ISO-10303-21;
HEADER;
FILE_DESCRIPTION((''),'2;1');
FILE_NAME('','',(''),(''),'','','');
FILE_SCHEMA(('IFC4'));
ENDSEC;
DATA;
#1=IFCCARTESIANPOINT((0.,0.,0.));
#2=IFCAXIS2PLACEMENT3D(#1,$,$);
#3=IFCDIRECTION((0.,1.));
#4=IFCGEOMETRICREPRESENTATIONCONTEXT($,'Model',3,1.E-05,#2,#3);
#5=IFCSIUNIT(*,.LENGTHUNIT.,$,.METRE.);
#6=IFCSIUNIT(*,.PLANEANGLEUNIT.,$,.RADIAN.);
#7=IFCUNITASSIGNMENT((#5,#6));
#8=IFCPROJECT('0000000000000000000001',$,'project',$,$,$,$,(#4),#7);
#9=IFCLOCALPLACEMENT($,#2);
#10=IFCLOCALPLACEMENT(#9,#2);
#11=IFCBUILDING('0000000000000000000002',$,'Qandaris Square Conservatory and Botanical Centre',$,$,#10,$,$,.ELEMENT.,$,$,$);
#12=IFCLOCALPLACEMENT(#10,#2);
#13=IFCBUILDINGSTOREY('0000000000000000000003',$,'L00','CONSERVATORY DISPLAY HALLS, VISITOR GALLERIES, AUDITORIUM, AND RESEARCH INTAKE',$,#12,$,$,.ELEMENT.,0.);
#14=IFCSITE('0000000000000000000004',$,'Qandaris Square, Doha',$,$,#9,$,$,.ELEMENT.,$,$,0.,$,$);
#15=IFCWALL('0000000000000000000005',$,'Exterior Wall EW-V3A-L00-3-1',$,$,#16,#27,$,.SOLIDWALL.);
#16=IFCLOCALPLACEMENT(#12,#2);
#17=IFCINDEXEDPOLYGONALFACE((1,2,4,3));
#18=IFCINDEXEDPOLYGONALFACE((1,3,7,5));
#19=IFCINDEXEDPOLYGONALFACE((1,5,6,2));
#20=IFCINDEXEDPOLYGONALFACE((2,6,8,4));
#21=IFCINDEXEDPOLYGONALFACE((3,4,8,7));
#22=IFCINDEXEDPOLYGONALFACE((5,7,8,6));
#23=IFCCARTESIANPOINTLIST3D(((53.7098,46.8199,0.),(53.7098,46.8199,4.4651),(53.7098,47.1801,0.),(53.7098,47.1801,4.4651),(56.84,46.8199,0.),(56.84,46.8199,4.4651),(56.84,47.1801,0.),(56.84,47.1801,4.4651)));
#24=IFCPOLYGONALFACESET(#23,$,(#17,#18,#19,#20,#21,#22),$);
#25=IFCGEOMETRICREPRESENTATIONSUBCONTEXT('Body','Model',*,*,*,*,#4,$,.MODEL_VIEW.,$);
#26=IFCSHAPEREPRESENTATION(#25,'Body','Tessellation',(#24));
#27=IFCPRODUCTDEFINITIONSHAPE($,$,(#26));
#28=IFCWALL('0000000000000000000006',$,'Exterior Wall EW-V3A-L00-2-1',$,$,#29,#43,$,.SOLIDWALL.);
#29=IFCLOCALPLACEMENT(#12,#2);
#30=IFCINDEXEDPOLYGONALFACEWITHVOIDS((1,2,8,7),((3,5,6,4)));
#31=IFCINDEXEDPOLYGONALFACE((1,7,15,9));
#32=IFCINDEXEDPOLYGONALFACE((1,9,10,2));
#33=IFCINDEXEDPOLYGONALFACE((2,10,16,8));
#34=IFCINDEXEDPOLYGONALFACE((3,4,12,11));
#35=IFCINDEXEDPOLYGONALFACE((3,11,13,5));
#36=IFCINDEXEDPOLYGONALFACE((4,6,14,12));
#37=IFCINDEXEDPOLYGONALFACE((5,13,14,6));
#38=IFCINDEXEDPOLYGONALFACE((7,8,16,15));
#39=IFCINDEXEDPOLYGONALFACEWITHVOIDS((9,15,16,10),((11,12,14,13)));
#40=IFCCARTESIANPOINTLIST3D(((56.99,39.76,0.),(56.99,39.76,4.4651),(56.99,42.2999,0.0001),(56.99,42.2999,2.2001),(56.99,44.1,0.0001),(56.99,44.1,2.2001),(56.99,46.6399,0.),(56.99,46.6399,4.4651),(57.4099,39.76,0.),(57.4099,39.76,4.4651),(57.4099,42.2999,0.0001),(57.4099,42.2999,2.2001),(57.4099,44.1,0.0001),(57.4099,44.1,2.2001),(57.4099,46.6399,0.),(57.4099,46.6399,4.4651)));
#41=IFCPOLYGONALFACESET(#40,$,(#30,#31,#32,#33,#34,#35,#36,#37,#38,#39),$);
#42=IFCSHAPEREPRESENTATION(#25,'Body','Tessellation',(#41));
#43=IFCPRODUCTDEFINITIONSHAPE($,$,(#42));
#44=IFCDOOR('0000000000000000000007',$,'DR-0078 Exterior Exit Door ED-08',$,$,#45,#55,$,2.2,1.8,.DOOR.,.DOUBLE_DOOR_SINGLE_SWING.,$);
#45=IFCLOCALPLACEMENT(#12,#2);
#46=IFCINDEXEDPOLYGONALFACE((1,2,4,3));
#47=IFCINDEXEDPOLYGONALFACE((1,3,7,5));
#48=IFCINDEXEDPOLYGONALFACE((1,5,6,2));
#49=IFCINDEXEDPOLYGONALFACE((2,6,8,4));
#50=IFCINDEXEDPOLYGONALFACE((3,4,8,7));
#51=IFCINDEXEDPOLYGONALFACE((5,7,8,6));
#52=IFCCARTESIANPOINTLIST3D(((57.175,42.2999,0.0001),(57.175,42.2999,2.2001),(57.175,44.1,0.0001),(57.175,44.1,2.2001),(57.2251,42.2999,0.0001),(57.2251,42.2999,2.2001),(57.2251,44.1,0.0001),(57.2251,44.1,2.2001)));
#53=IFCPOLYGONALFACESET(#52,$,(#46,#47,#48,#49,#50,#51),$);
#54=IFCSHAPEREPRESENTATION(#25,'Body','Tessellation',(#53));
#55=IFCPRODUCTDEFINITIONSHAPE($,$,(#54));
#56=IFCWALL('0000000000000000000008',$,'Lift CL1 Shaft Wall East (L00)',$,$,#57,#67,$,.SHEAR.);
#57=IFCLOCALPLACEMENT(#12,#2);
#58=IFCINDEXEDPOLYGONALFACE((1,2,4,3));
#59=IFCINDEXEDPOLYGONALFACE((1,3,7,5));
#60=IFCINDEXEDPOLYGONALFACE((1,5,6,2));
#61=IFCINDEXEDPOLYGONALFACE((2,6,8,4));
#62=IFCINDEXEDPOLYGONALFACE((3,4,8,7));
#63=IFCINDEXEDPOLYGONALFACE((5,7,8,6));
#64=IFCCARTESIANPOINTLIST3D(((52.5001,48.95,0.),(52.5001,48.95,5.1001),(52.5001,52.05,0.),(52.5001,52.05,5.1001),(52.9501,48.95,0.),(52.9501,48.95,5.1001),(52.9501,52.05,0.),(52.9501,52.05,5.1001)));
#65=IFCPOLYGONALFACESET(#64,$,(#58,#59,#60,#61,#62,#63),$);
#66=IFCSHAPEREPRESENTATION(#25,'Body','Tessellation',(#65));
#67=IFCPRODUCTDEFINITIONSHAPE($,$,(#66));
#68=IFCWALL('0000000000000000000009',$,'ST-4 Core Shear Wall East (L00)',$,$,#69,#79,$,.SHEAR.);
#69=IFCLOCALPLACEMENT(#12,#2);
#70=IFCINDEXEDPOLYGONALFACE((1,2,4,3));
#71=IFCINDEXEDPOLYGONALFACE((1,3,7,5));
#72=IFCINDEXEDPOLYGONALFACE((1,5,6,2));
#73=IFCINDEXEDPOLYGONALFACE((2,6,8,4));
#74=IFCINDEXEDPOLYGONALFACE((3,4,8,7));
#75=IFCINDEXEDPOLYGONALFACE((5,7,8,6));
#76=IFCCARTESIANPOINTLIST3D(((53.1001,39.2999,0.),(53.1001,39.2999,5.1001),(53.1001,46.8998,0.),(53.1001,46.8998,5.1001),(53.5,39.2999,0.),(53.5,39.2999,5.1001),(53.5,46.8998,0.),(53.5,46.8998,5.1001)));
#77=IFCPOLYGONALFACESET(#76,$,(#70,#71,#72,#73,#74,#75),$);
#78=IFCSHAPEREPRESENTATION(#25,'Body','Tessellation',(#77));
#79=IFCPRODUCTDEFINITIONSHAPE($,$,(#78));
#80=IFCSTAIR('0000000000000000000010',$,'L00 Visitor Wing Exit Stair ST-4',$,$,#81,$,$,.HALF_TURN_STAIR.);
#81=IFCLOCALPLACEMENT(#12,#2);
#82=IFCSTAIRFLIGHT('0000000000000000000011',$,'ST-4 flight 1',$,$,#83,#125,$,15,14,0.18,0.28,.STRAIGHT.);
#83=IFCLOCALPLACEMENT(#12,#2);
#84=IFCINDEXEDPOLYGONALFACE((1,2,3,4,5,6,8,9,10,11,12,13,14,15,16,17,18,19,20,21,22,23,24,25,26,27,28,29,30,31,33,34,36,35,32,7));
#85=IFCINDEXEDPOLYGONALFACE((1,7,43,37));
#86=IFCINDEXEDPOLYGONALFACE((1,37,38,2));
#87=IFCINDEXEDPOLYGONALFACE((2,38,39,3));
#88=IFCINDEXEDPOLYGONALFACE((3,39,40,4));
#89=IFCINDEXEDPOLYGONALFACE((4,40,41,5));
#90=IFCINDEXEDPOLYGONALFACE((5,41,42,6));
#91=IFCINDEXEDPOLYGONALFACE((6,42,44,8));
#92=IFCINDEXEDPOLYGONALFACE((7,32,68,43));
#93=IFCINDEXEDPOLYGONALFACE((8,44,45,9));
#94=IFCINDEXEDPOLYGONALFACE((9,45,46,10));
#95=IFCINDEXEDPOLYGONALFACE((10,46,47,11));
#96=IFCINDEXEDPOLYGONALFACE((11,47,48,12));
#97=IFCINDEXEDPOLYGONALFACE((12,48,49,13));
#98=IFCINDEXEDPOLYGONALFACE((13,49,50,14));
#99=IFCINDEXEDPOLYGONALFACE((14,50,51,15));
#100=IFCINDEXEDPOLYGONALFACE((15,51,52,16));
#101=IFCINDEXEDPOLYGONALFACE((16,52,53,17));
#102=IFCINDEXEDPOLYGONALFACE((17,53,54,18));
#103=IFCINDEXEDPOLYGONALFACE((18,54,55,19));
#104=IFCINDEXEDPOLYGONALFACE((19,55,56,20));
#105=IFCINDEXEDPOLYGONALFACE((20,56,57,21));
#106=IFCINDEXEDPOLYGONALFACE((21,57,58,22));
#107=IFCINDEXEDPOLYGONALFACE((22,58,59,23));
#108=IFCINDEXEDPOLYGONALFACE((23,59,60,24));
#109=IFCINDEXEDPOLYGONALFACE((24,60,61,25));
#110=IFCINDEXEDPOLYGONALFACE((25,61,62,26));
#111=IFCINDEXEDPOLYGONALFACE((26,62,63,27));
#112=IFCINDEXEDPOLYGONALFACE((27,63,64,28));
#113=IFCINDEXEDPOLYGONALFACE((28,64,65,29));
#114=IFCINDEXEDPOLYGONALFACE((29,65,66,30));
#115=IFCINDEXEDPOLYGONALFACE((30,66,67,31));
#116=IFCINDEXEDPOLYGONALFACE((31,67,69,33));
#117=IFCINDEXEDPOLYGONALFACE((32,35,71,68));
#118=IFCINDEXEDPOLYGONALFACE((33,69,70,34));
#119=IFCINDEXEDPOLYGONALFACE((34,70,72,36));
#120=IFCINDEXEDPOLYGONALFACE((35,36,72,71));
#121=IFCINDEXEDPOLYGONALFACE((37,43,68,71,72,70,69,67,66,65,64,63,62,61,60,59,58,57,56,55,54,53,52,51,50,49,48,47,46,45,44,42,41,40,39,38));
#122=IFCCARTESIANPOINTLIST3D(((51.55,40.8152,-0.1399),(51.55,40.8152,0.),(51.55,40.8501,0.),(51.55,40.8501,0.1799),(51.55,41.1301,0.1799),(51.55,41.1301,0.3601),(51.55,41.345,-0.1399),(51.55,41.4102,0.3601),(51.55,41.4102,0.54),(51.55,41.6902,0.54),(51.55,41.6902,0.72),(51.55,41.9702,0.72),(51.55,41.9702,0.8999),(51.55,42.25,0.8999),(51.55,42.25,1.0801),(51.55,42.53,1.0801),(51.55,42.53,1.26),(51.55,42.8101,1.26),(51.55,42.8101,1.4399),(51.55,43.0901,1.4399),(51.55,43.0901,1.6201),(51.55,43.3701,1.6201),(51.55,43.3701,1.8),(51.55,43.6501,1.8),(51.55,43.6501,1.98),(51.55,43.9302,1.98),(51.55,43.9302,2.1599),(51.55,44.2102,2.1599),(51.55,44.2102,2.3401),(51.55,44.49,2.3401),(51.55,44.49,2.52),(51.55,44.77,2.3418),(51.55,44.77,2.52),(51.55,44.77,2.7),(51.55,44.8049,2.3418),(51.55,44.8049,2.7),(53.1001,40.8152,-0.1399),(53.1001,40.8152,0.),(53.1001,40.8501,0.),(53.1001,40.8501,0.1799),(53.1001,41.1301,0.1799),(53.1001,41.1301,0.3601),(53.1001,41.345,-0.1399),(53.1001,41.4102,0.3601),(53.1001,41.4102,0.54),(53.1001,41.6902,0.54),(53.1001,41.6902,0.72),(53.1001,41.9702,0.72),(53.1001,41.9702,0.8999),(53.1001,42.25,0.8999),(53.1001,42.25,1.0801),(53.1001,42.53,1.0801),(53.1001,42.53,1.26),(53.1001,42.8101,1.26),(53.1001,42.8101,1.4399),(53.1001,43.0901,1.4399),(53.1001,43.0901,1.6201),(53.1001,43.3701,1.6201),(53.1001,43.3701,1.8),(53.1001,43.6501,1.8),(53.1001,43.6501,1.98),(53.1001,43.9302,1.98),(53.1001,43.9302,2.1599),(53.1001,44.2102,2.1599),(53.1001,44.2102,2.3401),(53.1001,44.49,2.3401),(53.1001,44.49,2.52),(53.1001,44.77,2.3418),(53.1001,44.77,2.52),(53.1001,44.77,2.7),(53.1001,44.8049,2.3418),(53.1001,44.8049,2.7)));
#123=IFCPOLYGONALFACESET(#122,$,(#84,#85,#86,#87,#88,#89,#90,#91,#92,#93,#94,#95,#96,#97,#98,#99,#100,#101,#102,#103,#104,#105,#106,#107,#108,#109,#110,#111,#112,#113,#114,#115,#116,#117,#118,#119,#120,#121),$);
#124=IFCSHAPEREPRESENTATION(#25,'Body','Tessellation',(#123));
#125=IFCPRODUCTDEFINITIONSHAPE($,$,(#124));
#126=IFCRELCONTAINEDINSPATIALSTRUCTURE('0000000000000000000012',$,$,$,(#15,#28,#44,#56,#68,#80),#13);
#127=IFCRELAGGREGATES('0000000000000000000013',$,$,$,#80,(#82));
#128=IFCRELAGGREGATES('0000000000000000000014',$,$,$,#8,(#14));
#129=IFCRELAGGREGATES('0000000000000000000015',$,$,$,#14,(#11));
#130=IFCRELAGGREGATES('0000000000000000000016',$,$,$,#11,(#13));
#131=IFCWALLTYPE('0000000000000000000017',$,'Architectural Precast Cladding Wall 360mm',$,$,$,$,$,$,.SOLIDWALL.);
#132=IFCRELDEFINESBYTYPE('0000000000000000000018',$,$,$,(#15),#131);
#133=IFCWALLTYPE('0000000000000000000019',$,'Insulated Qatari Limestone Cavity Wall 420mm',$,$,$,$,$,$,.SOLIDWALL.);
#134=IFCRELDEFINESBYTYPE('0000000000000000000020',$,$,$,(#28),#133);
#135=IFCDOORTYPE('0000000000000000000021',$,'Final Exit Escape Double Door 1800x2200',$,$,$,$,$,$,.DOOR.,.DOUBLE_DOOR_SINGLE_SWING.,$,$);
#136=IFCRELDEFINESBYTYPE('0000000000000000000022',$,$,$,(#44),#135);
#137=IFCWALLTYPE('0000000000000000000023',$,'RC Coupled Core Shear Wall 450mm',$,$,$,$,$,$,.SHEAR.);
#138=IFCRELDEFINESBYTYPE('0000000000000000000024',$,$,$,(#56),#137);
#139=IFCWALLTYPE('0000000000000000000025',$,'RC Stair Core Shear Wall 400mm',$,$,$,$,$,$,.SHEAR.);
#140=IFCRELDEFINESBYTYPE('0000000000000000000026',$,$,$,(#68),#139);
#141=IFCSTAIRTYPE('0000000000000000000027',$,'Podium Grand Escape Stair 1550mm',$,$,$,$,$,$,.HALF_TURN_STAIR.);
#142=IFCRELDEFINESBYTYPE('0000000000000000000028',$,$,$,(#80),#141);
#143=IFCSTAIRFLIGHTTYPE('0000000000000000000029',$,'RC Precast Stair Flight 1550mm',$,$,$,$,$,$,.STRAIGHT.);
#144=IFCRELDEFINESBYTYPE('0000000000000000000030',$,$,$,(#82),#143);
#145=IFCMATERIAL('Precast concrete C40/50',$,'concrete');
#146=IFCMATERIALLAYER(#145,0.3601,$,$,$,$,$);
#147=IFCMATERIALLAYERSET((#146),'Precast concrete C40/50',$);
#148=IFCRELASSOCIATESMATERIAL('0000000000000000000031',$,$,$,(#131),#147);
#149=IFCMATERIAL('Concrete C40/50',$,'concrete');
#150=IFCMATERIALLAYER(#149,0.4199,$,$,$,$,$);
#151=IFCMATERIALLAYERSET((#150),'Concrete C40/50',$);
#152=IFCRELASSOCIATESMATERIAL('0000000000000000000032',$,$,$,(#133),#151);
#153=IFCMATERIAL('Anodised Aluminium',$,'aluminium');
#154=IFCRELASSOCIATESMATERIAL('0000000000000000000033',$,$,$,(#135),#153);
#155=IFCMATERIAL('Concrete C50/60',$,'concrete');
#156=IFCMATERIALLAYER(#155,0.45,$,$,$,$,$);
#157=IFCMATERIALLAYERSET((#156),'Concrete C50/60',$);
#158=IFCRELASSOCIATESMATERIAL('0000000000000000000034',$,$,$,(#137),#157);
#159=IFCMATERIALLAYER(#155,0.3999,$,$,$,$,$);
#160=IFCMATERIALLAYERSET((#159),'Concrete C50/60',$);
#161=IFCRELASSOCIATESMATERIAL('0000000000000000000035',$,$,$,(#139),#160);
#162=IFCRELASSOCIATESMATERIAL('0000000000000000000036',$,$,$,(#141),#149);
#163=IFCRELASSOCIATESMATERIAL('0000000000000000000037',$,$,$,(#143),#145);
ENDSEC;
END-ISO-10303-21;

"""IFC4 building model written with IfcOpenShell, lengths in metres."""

from ifc_helpers import new_model, si_unit, direction, frame, frame_2d, origin, place, context, subcontext, project, spatial, polyline, rectangle, outline, extrude, material, layer, layer_set, type_object, element, fill, aggregate, save


model = new_model("IFC4")

# Units and contexts
model_context = context("Model", 3, precision=1e-05, world=origin(), true_north=direction((0.0, 1.0)))
body_context = subcontext(model_context, "Body", "Model", "MODEL_VIEW")
ifc_project = project(units=[si_unit("LENGTHUNIT", "METRE"), si_unit("PLANEANGLEUNIT", "RADIAN")], contexts=[model_context])

# Site, building, storey
site_placement = place(None, origin())
site = spatial("IfcSite", under=ifc_project, at=site_placement, Name="Qandaris Square, Doha", CompositionType="ELEMENT", RefElevation=0.0)
building_placement = place(site_placement, origin())
building = spatial("IfcBuilding", under=site, at=building_placement, Name="Qandaris Square Conservatory and Botanical Centre", CompositionType="ELEMENT")
storey_placement = place(building_placement, origin())
storey = spatial("IfcBuildingStorey", under=building, at=storey_placement, Name="L00", Description="CONSERVATORY DISPLAY HALLS, VISITOR GALLERIES, AUDITORIUM, AND RESEARCH INTAKE", CompositionType="ELEMENT", Elevation=0.0)

# Shared definitions
ifc_material_1 = material(Name="Concrete C40/50", Category="concrete")

# Shared definitions
ifc_material_2 = material(Name="Anodised Aluminium", Category="aluminium")

# Shared definitions
ifc_material_3 = material(Name="Concrete C50/60", Category="concrete")

# Wall
ifc_material_4 = material(Name="Precast concrete C40/50", Category="concrete")
ifc_layer_1 = layer(ifc_material_4, 0.3601)
ifc_layer_set_1 = layer_set([ifc_layer_1], Name="Precast concrete C40/50")
wall_type_1 = type_object("IfcWallType", Name="Architectural Precast Cladding Wall 360mm", PredefinedType="SOLIDWALL", material=ifc_layer_set_1)
wall_1_placement = place(storey_placement, frame((53.71, 47.0, 0.0), z_axis=(0.0, 0.0, 1.0), x_axis=(1.0, 0.0, 0.0)))
element("IfcWall", 1, at=wall_1_placement, inside=storey, type_object=wall_type_1, Name="Exterior Wall EW-V3A-L00-3-1", PredefinedType="SOLIDWALL", context=body_context, shape_type="SweptSolid", body=[
    extrude(rectangle(XDim=3.1301, YDim=0.3601, at=frame_2d((1.5649, 0.0))), origin(), (0.0, 0.0, 1.0), 4.4651),
])

# Wall, opening, door
ifc_layer_2 = layer(ifc_material_1, 0.4199)
ifc_layer_set_2 = layer_set([ifc_layer_2], Name="Concrete C40/50")
wall_type_2 = type_object("IfcWallType", Name="Insulated Qatari Limestone Cavity Wall 420mm", PredefinedType="SOLIDWALL", material=ifc_layer_set_2)
wall_2_placement = place(storey_placement, frame((57.2, 39.76, 0.0), z_axis=(0.0, 0.0, 1.0), x_axis=(0.0, 1.0, 0.0)))
wall_2 = element("IfcWall", 2, at=wall_2_placement, inside=storey, type_object=wall_type_2, Name="Exterior Wall EW-V3A-L00-2-1", PredefinedType="SOLIDWALL", context=body_context, shape_type="SweptSolid", body=[
    extrude(rectangle(XDim=6.8799, YDim=0.4199, at=frame_2d((3.4399, 0.0))), origin(), (0.0, 0.0, 1.0), 4.4651),
])
opening_placement = place(wall_2_placement, frame((2.54, 0.0, 0.0)))
opening = element("IfcOpeningElement", 3, at=opening_placement, cuts=wall_2, PredefinedType="OPENING", context=body_context, shape_type="SweptSolid", body=[
    extrude(rectangle(XDim=1.8, YDim=2.2, at=frame_2d((0.8999, 1.1001))), frame((0.0, 0.2219, 0.0), z_axis=(0.0, -1.0, 0.0), x_axis=(1.0, 0.0, 0.0)), (0.0, 0.0, 1.0), 0.4438),
])
door_type = type_object("IfcDoorType", Name="Final Exit Escape Double Door 1800x2200", OperationType="DOUBLE_DOOR_SINGLE_SWING", PredefinedType="DOOR", material=ifc_material_2)
door_placement = place(opening_placement, origin())
door = element("IfcDoor", 4, at=door_placement, inside=storey, type_object=door_type, Name="DR-0078 Exterior Exit Door ED-08", OperationType="DOUBLE_DOOR_SINGLE_SWING", OverallHeight=2.2, OverallWidth=1.8, PredefinedType="DOOR", context=body_context, shape_type="SweptSolid", body=[
    extrude(rectangle(XDim=1.8, YDim=2.2, at=frame_2d((0.8999, 1.1001))), frame((0.0, 0.0249, 0.0), z_axis=(0.0, -1.0, 0.0), x_axis=(1.0, 0.0, 0.0)), (0.0, 0.0, 1.0), 0.05),
])
fill(opening, door)

# Walls
ifc_layer_3 = layer(ifc_material_3, 0.45)
ifc_layer_set_3 = layer_set([ifc_layer_3], Name="Concrete C50/60")
wall_type_3 = type_object("IfcWallType", Name="RC Coupled Core Shear Wall 450mm", PredefinedType="SHEAR", material=ifc_layer_set_3)
wall_3_placement = place(storey_placement, frame((52.7251, 48.95, 0.0), z_axis=(0.0, 0.0, 1.0), x_axis=(0.0, 1.0, 0.0)))
element("IfcWall", 5, at=wall_3_placement, inside=storey, type_object=wall_type_3, Name="Lift CL1 Shaft Wall East (L00)", PredefinedType="SHEAR", context=body_context, shape_type="SweptSolid", body=[
    extrude(rectangle(XDim=3.1001, YDim=0.45, at=frame_2d((1.55, 0.0))), origin(), (0.0, 0.0, 1.0), 5.1001),
])
ifc_layer_4 = layer(ifc_material_3, 0.3999)
ifc_layer_set_4 = layer_set([ifc_layer_4], Name="Concrete C50/60")
wall_type_4 = type_object("IfcWallType", Name="RC Stair Core Shear Wall 400mm", PredefinedType="SHEAR", material=ifc_layer_set_4)
wall_4_placement = place(storey_placement, frame((53.3, 39.3, 0.0), z_axis=(0.0, 0.0, 1.0), x_axis=(0.0, 1.0, 0.0)))
element("IfcWall", 6, at=wall_4_placement, inside=storey, type_object=wall_type_4, Name="ST-4 Core Shear Wall East (L00)", PredefinedType="SHEAR", context=body_context, shape_type="SweptSolid", body=[
    extrude(rectangle(XDim=7.5999, YDim=0.3999, at=frame_2d((3.7998, 0.0))), origin(), (0.0, 0.0, 1.0), 5.1001),
])

# Stair, stair flight
stair_type = type_object("IfcStairType", Name="Podium Grand Escape Stair 1550mm", PredefinedType="HALF_TURN_STAIR", material=ifc_material_1)
stair_placement = place(storey_placement, origin())
stair = element("IfcStair", 7, at=stair_placement, inside=storey, type_object=stair_type, Name="L00 Visitor Wing Exit Stair ST-4", PredefinedType="HALF_TURN_STAIR")
stair_flight_type = type_object("IfcStairFlightType", Name="RC Precast Stair Flight 1550mm", PredefinedType="STRAIGHT", material=ifc_material_4)
stair_flight_placement = place(storey_placement, frame((52.325, 40.8501, 0.0), z_axis=(0.0, 0.0, 1.0), x_axis=(0.0, 1.0, 0.0)))
stair_flight = element("IfcStairFlight", 8, at=stair_flight_placement, type_object=stair_flight_type, Name="ST-4 flight 1", NumberOfRisers=15, NumberOfTreads=14, PredefinedType="STRAIGHT", RiserHeight=0.18, TreadLength=0.28, context=body_context, shape_type="SweptSolid", body=[
    extrude(outline(polyline([(-0.0349, 0.0), (0.0, 0.0), (0.0, 0.1799), (0.28, 0.1799), (0.28, 0.3601), (0.5601, 0.3601), (0.5601, 0.54), (0.8401, 0.54), (0.8401, 0.72), (1.1201, 0.72), (1.1201, 0.8999), (1.3999, 0.8999), (1.3999, 1.0801), (1.6799, 1.0801), (1.6799, 1.26), (1.96, 1.26), (1.96, 1.4399), (2.24, 1.4399), (2.24, 1.6201), (2.52, 1.6201), (2.52, 1.8), (2.8, 1.8), (2.8, 1.98), (3.0801, 1.98), (3.0801, 2.1599), (3.3601, 2.1599), (3.3601, 2.3401), (3.6399, 2.3401), (3.6399, 2.52), (3.9199, 2.52), (3.9199, 2.7), (3.9548, 2.7), (3.9548, 2.3418), (3.9199, 2.3418), (0.4949, -0.1399), (-0.0349, -0.1399), (-0.0349, 0.0)])), frame((0.0, 0.7749, 0.0), z_axis=(0.0, -1.0, 0.0), x_axis=(1.0, 0.0, 0.0)), (0.0, 0.0, 1.0), 1.55),
])
aggregate(stair, [stair_flight])

save(model, "model.ifc")
